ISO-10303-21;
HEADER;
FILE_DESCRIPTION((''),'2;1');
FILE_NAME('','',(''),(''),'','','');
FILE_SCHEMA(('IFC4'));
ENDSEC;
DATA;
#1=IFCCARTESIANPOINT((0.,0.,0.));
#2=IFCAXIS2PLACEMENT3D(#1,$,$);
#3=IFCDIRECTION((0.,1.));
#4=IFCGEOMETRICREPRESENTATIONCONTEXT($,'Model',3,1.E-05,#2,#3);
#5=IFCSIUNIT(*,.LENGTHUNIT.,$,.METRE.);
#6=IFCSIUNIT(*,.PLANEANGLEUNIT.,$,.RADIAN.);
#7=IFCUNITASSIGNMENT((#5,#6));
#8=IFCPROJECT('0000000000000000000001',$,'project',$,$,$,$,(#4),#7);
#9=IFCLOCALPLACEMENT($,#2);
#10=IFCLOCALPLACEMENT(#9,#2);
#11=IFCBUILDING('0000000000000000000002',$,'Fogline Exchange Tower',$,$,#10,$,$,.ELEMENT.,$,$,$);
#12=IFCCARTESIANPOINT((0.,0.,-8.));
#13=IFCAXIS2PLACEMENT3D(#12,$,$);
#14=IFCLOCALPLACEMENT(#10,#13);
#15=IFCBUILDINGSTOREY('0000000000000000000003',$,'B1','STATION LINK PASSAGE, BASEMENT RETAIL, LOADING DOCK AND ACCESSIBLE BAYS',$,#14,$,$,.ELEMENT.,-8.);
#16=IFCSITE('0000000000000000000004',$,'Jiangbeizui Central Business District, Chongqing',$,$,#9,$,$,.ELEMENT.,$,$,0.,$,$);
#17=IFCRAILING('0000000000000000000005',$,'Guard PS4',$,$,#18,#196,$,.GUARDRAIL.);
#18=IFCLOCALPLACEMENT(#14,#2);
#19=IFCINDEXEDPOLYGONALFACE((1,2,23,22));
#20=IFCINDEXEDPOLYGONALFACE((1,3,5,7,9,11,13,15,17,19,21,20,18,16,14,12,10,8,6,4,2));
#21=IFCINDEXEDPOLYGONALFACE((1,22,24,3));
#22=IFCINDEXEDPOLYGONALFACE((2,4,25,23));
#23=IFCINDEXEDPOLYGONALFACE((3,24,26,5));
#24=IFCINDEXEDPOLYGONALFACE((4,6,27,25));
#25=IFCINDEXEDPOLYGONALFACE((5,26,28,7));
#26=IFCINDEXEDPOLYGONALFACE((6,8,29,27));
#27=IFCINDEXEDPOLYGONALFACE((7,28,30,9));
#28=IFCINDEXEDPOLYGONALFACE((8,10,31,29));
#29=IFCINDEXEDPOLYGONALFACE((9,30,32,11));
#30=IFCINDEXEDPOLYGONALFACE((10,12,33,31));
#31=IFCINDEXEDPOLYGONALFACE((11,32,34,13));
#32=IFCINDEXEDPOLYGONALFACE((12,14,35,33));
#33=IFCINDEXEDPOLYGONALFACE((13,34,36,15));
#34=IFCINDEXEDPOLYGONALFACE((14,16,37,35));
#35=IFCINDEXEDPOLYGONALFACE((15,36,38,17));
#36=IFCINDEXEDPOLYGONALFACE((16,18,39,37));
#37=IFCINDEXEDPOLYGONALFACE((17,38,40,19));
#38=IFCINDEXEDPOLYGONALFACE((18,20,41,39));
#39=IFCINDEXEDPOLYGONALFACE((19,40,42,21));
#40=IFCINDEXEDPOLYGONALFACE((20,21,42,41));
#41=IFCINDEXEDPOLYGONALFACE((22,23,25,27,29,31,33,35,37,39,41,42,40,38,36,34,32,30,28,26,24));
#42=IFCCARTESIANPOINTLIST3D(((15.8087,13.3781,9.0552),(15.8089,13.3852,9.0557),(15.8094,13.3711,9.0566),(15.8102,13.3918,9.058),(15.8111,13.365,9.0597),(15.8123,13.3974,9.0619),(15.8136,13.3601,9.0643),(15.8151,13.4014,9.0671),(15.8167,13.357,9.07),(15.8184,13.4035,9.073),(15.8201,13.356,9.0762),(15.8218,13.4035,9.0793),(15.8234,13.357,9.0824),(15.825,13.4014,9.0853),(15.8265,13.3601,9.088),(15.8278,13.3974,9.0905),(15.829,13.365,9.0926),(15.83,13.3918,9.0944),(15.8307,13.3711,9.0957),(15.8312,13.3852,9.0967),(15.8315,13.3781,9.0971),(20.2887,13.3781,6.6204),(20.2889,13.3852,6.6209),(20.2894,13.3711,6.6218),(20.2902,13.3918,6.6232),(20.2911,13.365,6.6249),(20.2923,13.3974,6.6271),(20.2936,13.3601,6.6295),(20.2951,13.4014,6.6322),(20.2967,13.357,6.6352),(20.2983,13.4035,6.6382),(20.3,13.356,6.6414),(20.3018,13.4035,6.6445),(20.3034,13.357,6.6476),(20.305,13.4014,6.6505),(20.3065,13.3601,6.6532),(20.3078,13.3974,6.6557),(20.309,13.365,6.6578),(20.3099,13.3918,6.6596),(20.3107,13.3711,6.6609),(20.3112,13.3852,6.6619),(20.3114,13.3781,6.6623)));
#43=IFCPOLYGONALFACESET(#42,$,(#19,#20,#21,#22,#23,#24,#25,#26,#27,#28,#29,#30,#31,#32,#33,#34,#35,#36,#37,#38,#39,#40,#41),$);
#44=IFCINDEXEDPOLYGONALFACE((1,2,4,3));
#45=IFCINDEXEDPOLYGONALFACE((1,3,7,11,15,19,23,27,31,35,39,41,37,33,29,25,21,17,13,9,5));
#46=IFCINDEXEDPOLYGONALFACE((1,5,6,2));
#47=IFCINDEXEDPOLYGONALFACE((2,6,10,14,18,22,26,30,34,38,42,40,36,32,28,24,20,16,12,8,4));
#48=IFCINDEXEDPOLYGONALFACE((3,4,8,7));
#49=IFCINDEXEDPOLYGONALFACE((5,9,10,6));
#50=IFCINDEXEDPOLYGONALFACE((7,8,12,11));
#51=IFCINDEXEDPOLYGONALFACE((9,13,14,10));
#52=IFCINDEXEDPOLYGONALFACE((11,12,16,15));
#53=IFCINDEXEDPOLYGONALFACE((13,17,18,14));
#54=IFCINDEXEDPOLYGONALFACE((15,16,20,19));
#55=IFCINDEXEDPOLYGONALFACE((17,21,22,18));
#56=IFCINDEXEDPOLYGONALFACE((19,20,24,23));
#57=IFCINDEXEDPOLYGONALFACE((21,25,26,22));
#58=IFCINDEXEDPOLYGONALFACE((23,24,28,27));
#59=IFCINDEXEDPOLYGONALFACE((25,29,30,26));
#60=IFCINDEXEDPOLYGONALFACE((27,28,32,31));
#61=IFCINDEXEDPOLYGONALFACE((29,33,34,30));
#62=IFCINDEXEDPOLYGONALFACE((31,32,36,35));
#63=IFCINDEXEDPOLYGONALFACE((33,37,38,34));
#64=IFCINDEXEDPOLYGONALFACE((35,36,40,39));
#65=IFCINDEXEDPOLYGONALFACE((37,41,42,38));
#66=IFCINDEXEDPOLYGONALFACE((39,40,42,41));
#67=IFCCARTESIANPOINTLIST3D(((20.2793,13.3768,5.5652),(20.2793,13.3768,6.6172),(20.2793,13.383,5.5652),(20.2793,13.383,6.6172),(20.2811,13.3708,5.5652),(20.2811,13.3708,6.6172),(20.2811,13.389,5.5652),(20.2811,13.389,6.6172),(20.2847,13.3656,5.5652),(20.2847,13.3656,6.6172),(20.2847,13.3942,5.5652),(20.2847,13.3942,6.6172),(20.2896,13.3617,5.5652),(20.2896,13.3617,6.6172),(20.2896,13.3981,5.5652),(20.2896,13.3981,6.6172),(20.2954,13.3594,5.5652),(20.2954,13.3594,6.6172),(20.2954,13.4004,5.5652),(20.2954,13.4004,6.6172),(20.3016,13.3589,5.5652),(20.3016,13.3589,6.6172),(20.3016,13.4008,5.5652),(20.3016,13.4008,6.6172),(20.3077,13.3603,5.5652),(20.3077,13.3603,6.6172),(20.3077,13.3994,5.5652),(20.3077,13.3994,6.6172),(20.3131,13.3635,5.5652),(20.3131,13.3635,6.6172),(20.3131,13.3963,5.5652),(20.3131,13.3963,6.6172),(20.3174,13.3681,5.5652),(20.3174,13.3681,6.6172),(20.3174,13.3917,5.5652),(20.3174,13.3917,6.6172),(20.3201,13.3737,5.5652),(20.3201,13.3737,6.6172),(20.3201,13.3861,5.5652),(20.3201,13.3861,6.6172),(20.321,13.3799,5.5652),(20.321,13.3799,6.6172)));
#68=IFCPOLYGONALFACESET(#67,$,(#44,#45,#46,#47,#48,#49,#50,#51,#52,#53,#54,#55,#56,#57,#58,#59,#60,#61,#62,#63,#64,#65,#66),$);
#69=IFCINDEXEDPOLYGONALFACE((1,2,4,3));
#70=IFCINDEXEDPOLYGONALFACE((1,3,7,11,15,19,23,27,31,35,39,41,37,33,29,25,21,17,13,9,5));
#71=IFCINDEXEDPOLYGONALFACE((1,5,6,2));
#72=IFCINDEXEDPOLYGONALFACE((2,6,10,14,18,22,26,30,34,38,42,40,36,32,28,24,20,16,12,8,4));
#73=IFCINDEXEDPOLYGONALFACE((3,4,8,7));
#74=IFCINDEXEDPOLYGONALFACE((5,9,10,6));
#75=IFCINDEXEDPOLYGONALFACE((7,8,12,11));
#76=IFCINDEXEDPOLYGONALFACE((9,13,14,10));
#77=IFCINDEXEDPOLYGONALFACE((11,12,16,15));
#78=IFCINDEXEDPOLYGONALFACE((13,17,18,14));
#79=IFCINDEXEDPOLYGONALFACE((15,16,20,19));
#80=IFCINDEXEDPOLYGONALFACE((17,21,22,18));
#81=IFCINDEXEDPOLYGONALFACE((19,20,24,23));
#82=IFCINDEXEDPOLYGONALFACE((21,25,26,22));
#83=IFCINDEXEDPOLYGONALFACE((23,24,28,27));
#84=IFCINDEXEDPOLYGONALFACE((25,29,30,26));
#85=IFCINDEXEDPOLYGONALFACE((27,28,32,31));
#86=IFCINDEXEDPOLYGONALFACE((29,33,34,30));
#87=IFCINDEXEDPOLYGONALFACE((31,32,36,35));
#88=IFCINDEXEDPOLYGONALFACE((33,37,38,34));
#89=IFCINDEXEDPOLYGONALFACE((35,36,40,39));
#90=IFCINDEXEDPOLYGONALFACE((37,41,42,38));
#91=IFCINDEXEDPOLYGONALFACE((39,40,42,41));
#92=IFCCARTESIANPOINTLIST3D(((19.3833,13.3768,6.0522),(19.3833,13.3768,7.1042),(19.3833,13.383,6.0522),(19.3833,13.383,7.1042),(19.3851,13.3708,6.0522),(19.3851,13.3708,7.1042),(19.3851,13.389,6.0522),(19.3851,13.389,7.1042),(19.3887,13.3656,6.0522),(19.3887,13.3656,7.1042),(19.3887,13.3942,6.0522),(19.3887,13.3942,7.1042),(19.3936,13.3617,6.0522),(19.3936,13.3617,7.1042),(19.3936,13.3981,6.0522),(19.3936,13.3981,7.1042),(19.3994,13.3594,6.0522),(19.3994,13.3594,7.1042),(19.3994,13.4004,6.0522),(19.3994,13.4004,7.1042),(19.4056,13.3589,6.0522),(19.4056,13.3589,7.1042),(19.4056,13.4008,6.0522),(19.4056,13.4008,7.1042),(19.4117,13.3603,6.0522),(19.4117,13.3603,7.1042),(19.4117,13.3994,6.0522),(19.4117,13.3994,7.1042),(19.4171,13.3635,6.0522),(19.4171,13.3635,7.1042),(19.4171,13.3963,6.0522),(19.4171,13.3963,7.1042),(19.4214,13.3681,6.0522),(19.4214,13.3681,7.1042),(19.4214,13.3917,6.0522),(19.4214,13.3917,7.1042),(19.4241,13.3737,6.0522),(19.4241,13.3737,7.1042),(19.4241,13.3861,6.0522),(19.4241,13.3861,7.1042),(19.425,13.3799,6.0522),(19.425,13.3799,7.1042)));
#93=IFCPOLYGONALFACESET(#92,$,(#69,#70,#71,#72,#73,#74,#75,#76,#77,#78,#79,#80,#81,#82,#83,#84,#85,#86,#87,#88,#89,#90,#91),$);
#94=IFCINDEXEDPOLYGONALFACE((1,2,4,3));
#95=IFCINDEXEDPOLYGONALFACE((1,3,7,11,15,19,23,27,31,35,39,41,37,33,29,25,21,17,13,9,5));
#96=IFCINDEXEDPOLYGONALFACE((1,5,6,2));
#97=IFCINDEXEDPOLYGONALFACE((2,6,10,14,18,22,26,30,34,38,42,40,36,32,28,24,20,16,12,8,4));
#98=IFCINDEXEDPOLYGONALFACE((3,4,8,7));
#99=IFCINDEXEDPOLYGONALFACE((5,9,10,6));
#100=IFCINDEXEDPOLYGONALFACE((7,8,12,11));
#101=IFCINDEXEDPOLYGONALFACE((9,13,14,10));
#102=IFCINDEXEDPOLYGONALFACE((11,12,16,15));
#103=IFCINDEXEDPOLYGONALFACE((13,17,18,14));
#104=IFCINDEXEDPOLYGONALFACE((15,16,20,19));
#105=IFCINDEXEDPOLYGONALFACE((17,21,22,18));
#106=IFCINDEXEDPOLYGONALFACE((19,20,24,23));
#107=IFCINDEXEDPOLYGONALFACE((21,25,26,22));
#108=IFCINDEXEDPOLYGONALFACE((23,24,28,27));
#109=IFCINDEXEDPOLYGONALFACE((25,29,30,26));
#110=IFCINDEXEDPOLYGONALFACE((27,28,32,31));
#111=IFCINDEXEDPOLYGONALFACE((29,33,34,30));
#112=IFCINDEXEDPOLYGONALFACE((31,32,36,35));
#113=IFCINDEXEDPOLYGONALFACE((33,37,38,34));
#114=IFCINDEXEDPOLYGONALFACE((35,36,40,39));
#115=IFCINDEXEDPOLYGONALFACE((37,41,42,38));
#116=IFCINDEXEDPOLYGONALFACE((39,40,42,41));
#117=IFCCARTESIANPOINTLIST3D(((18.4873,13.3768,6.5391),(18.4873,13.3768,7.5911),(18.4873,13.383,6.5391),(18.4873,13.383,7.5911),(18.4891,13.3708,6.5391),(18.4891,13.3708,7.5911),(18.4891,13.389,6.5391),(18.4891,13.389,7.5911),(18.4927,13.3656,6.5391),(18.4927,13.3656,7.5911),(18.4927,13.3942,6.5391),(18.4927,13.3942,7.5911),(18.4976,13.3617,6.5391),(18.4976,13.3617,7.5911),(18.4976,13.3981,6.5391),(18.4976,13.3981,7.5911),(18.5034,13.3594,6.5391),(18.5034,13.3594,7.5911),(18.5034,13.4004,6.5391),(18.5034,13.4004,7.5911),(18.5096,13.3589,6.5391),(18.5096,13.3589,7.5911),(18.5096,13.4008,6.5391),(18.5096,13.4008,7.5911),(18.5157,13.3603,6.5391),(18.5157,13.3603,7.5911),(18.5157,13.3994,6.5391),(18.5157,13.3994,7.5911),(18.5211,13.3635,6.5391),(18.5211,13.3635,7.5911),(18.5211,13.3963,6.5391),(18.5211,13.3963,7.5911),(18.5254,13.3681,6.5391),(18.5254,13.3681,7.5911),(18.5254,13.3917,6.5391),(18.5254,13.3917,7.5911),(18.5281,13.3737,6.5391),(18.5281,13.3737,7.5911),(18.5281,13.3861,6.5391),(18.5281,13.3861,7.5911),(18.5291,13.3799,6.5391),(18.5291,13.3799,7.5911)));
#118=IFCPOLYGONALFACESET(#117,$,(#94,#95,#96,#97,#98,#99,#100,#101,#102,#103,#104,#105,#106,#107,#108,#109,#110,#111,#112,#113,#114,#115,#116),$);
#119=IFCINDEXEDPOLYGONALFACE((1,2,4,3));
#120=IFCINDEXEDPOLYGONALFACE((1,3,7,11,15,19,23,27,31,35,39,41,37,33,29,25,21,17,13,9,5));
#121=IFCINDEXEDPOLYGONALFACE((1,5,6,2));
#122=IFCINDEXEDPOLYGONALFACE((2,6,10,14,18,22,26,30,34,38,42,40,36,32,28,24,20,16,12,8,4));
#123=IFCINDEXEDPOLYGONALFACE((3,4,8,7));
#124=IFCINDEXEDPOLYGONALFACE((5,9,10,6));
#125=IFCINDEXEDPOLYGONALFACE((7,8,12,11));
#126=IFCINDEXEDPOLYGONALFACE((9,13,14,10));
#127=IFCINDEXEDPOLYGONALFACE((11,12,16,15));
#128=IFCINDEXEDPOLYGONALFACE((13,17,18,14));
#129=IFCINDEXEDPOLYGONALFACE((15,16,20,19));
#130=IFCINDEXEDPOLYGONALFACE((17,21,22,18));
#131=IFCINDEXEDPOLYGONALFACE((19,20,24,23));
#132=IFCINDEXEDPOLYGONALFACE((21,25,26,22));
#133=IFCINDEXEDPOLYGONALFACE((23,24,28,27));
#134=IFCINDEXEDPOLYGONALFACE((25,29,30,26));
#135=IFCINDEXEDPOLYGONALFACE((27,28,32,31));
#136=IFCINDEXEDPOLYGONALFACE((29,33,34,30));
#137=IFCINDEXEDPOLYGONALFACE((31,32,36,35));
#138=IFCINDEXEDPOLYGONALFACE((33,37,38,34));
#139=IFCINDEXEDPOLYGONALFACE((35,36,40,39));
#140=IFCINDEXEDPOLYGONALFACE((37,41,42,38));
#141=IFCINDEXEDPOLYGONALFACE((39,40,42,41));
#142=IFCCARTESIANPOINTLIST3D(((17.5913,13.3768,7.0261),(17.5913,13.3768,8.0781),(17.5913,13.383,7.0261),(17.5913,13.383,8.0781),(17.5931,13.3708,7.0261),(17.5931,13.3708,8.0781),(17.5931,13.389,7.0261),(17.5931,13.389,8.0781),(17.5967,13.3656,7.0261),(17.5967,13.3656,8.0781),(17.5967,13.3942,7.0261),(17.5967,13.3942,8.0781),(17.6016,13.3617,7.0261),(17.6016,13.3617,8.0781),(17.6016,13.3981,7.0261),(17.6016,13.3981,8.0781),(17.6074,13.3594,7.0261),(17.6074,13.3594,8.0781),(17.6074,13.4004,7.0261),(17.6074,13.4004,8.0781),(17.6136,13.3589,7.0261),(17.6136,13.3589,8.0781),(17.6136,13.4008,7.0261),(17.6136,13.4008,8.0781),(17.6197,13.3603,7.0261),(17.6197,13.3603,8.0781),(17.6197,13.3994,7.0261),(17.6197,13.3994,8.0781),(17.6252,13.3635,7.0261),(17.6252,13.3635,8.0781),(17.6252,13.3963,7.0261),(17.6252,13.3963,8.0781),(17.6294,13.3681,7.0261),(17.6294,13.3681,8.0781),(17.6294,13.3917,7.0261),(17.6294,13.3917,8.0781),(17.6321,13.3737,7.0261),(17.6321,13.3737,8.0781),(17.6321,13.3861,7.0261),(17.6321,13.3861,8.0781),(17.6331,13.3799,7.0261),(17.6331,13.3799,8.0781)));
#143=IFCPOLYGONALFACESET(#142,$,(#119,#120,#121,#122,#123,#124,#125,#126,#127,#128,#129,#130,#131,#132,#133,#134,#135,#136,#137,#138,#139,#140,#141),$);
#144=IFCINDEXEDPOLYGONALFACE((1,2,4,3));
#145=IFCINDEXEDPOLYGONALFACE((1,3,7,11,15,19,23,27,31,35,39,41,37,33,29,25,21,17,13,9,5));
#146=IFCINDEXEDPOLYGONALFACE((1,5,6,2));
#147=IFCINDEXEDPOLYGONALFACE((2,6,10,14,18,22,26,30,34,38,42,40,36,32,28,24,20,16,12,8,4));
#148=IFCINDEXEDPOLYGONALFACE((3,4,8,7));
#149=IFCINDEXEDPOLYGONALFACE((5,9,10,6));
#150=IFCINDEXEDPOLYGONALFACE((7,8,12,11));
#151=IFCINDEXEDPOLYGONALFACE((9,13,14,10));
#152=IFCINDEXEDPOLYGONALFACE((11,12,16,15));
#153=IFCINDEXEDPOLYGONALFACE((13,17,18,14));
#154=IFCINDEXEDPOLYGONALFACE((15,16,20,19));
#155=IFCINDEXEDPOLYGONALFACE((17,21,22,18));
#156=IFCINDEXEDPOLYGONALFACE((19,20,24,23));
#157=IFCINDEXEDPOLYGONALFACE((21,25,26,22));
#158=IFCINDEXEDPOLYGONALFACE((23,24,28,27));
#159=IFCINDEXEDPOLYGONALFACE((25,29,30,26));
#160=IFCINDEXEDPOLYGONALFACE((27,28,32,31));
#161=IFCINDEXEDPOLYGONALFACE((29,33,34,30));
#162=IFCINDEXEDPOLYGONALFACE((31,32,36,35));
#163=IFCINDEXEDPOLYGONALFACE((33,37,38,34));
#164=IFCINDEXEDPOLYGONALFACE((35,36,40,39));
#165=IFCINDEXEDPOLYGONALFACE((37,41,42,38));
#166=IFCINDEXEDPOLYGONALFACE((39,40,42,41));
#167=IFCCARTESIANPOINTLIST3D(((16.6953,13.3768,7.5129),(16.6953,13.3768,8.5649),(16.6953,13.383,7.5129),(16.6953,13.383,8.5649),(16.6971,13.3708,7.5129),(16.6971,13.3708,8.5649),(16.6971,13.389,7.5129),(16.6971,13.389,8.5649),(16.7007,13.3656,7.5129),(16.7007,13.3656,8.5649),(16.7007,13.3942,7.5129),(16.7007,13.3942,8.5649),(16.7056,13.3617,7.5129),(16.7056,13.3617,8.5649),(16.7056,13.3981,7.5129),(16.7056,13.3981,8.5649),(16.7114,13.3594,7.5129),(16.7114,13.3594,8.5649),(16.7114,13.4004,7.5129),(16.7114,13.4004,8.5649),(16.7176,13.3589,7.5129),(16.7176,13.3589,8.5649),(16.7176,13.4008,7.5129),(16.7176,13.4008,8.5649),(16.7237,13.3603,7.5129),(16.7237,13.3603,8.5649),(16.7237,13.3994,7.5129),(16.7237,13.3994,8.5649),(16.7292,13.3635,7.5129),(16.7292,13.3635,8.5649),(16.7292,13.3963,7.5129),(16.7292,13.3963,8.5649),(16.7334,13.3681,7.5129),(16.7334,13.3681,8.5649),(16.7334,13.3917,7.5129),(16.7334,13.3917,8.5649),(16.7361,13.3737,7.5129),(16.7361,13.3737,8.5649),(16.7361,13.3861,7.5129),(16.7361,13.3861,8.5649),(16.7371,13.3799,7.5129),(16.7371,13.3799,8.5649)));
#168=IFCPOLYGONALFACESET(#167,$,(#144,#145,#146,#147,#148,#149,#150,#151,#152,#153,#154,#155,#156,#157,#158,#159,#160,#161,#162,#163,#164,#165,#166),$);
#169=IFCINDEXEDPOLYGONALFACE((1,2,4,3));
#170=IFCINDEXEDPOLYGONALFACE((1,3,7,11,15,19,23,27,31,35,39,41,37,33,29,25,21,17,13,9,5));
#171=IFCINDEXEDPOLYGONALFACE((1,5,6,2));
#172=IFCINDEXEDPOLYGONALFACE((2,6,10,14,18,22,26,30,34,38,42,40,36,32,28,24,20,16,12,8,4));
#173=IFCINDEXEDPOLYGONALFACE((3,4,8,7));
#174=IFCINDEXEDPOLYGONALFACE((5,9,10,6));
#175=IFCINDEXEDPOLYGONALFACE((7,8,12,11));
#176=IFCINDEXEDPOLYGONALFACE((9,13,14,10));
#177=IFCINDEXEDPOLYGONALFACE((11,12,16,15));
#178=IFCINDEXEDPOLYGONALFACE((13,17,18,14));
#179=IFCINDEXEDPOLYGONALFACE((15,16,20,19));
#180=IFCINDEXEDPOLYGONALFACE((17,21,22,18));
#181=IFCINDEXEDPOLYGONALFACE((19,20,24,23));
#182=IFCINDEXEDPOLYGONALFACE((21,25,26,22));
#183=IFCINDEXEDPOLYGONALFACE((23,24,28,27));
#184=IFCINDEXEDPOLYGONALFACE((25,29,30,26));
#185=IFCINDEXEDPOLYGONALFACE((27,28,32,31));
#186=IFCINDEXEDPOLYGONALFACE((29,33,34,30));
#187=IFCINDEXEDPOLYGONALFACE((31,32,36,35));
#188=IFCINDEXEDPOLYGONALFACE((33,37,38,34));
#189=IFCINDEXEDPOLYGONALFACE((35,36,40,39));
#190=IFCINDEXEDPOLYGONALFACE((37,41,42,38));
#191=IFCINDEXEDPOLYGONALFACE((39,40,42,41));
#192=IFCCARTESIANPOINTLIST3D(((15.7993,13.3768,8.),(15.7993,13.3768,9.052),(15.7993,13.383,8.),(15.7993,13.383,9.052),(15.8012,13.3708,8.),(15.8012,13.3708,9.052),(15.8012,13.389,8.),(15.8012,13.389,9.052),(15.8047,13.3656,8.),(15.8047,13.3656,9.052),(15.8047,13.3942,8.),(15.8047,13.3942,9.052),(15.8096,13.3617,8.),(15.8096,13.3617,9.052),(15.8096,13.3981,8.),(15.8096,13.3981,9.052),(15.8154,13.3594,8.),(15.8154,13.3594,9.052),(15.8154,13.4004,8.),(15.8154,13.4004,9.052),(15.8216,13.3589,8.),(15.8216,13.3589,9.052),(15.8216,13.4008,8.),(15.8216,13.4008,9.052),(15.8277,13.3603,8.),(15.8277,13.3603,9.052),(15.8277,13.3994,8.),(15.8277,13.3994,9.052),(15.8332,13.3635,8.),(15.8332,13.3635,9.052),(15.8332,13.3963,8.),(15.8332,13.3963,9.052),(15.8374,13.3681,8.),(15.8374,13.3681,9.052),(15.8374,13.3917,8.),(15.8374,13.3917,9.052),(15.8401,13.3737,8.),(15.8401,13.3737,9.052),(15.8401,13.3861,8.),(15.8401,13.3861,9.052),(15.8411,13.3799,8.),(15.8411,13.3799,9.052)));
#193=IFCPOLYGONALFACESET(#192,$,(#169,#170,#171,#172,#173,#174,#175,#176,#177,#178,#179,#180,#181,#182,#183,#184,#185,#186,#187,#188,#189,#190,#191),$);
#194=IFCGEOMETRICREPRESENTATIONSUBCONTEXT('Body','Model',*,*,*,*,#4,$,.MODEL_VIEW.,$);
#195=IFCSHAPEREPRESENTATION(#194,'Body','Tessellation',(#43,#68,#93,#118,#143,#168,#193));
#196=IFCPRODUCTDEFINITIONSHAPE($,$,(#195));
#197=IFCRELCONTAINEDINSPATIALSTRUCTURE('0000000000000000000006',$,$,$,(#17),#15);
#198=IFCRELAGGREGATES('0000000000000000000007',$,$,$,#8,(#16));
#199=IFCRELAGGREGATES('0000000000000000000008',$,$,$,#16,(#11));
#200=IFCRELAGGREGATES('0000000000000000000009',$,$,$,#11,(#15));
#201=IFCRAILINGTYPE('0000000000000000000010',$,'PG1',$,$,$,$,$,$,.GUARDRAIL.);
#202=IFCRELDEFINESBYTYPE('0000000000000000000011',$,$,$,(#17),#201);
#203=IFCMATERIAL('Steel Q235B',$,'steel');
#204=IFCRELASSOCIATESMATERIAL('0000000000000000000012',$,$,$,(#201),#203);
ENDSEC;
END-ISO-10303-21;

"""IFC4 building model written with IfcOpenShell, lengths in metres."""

from ifc_helpers import new_model, si_unit, direction, frame, origin, origin_2d, place, context, subcontext, project, spatial, circle, extrude, material, type_object, element, save


model = new_model("IFC4")

# Units and contexts
model_context = context("Model", 3, precision=1e-05, world=origin(), true_north=direction((0.0, 1.0)))
body_context = subcontext(model_context, "Body", "Model", "MODEL_VIEW")
ifc_project = project(units=[si_unit("LENGTHUNIT", "METRE"), si_unit("PLANEANGLEUNIT", "RADIAN")], contexts=[model_context])

# Site, building, storey
site_placement = place(None, origin())
site = spatial("IfcSite", under=ifc_project, at=site_placement, Name="Jiangbeizui Central Business District, Chongqing", CompositionType="ELEMENT", RefElevation=0.0)
building_placement = place(site_placement, origin())
building = spatial("IfcBuilding", under=site, at=building_placement, Name="Fogline Exchange Tower", CompositionType="ELEMENT")
storey_placement = place(building_placement, frame((0.0, 0.0, -8.0)))
storey = spatial("IfcBuildingStorey", under=building, at=storey_placement, Name="B1", Description="STATION LINK PASSAGE, BASEMENT RETAIL, LOADING DOCK AND ACCESSIBLE BAYS", CompositionType="ELEMENT", Elevation=-8.0)

# Shared definitions
ifc_material_1 = material(Name="Steel Q235B", Category="steel")

# Railing
railing_type_1 = type_object("IfcRailingType", Name="PG1", PredefinedType="GUARDRAIL", material=ifc_material_1)
for number, where, name in (
    (1, (20.3, 13.3799, 5.5652), "Guard PS4"),
):
    element("IfcRailing", number, at=place(storey_placement, frame(where)), inside=storey, type_object=railing_type_1, Name=name, PredefinedType="GUARDRAIL", context=body_context, shape_type="SweptSolid", body=[
        extrude(circle(Radius=0.0239, at=origin_2d()), frame((0.0, 0.0, 1.0762), z_axis=(-0.878621, 0.0, 0.47752), x_axis=(0.0, -1.0, 0.0)), (0.0, 0.0, 1.0), 5.0989),
        extrude(circle(Radius=0.021, at=origin_2d()), origin(), (0.0, 0.0, 1.0), 1.052),
        extrude(circle(Radius=0.021, at=origin_2d()), frame((-0.896, 0.0, 0.4871)), (0.0, 0.0, 1.0), 1.052),
        extrude(circle(Radius=0.021, at=origin_2d()), frame((-1.792, 0.0, 0.9739)), (0.0, 0.0, 1.0), 1.052),
        extrude(circle(Radius=0.021, at=origin_2d()), frame((-2.688, 0.0, 1.4609)), (0.0, 0.0, 1.0), 1.052),
        extrude(circle(Radius=0.021, at=origin_2d()), frame((-3.584, 0.0, 1.9478)), (0.0, 0.0, 1.0), 1.052),
        extrude(circle(Radius=0.021, at=origin_2d()), frame((-4.48, 0.0, 2.4348)), (0.0, 0.0, 1.0), 1.052),
    ])

save(model, "model.ifc")
